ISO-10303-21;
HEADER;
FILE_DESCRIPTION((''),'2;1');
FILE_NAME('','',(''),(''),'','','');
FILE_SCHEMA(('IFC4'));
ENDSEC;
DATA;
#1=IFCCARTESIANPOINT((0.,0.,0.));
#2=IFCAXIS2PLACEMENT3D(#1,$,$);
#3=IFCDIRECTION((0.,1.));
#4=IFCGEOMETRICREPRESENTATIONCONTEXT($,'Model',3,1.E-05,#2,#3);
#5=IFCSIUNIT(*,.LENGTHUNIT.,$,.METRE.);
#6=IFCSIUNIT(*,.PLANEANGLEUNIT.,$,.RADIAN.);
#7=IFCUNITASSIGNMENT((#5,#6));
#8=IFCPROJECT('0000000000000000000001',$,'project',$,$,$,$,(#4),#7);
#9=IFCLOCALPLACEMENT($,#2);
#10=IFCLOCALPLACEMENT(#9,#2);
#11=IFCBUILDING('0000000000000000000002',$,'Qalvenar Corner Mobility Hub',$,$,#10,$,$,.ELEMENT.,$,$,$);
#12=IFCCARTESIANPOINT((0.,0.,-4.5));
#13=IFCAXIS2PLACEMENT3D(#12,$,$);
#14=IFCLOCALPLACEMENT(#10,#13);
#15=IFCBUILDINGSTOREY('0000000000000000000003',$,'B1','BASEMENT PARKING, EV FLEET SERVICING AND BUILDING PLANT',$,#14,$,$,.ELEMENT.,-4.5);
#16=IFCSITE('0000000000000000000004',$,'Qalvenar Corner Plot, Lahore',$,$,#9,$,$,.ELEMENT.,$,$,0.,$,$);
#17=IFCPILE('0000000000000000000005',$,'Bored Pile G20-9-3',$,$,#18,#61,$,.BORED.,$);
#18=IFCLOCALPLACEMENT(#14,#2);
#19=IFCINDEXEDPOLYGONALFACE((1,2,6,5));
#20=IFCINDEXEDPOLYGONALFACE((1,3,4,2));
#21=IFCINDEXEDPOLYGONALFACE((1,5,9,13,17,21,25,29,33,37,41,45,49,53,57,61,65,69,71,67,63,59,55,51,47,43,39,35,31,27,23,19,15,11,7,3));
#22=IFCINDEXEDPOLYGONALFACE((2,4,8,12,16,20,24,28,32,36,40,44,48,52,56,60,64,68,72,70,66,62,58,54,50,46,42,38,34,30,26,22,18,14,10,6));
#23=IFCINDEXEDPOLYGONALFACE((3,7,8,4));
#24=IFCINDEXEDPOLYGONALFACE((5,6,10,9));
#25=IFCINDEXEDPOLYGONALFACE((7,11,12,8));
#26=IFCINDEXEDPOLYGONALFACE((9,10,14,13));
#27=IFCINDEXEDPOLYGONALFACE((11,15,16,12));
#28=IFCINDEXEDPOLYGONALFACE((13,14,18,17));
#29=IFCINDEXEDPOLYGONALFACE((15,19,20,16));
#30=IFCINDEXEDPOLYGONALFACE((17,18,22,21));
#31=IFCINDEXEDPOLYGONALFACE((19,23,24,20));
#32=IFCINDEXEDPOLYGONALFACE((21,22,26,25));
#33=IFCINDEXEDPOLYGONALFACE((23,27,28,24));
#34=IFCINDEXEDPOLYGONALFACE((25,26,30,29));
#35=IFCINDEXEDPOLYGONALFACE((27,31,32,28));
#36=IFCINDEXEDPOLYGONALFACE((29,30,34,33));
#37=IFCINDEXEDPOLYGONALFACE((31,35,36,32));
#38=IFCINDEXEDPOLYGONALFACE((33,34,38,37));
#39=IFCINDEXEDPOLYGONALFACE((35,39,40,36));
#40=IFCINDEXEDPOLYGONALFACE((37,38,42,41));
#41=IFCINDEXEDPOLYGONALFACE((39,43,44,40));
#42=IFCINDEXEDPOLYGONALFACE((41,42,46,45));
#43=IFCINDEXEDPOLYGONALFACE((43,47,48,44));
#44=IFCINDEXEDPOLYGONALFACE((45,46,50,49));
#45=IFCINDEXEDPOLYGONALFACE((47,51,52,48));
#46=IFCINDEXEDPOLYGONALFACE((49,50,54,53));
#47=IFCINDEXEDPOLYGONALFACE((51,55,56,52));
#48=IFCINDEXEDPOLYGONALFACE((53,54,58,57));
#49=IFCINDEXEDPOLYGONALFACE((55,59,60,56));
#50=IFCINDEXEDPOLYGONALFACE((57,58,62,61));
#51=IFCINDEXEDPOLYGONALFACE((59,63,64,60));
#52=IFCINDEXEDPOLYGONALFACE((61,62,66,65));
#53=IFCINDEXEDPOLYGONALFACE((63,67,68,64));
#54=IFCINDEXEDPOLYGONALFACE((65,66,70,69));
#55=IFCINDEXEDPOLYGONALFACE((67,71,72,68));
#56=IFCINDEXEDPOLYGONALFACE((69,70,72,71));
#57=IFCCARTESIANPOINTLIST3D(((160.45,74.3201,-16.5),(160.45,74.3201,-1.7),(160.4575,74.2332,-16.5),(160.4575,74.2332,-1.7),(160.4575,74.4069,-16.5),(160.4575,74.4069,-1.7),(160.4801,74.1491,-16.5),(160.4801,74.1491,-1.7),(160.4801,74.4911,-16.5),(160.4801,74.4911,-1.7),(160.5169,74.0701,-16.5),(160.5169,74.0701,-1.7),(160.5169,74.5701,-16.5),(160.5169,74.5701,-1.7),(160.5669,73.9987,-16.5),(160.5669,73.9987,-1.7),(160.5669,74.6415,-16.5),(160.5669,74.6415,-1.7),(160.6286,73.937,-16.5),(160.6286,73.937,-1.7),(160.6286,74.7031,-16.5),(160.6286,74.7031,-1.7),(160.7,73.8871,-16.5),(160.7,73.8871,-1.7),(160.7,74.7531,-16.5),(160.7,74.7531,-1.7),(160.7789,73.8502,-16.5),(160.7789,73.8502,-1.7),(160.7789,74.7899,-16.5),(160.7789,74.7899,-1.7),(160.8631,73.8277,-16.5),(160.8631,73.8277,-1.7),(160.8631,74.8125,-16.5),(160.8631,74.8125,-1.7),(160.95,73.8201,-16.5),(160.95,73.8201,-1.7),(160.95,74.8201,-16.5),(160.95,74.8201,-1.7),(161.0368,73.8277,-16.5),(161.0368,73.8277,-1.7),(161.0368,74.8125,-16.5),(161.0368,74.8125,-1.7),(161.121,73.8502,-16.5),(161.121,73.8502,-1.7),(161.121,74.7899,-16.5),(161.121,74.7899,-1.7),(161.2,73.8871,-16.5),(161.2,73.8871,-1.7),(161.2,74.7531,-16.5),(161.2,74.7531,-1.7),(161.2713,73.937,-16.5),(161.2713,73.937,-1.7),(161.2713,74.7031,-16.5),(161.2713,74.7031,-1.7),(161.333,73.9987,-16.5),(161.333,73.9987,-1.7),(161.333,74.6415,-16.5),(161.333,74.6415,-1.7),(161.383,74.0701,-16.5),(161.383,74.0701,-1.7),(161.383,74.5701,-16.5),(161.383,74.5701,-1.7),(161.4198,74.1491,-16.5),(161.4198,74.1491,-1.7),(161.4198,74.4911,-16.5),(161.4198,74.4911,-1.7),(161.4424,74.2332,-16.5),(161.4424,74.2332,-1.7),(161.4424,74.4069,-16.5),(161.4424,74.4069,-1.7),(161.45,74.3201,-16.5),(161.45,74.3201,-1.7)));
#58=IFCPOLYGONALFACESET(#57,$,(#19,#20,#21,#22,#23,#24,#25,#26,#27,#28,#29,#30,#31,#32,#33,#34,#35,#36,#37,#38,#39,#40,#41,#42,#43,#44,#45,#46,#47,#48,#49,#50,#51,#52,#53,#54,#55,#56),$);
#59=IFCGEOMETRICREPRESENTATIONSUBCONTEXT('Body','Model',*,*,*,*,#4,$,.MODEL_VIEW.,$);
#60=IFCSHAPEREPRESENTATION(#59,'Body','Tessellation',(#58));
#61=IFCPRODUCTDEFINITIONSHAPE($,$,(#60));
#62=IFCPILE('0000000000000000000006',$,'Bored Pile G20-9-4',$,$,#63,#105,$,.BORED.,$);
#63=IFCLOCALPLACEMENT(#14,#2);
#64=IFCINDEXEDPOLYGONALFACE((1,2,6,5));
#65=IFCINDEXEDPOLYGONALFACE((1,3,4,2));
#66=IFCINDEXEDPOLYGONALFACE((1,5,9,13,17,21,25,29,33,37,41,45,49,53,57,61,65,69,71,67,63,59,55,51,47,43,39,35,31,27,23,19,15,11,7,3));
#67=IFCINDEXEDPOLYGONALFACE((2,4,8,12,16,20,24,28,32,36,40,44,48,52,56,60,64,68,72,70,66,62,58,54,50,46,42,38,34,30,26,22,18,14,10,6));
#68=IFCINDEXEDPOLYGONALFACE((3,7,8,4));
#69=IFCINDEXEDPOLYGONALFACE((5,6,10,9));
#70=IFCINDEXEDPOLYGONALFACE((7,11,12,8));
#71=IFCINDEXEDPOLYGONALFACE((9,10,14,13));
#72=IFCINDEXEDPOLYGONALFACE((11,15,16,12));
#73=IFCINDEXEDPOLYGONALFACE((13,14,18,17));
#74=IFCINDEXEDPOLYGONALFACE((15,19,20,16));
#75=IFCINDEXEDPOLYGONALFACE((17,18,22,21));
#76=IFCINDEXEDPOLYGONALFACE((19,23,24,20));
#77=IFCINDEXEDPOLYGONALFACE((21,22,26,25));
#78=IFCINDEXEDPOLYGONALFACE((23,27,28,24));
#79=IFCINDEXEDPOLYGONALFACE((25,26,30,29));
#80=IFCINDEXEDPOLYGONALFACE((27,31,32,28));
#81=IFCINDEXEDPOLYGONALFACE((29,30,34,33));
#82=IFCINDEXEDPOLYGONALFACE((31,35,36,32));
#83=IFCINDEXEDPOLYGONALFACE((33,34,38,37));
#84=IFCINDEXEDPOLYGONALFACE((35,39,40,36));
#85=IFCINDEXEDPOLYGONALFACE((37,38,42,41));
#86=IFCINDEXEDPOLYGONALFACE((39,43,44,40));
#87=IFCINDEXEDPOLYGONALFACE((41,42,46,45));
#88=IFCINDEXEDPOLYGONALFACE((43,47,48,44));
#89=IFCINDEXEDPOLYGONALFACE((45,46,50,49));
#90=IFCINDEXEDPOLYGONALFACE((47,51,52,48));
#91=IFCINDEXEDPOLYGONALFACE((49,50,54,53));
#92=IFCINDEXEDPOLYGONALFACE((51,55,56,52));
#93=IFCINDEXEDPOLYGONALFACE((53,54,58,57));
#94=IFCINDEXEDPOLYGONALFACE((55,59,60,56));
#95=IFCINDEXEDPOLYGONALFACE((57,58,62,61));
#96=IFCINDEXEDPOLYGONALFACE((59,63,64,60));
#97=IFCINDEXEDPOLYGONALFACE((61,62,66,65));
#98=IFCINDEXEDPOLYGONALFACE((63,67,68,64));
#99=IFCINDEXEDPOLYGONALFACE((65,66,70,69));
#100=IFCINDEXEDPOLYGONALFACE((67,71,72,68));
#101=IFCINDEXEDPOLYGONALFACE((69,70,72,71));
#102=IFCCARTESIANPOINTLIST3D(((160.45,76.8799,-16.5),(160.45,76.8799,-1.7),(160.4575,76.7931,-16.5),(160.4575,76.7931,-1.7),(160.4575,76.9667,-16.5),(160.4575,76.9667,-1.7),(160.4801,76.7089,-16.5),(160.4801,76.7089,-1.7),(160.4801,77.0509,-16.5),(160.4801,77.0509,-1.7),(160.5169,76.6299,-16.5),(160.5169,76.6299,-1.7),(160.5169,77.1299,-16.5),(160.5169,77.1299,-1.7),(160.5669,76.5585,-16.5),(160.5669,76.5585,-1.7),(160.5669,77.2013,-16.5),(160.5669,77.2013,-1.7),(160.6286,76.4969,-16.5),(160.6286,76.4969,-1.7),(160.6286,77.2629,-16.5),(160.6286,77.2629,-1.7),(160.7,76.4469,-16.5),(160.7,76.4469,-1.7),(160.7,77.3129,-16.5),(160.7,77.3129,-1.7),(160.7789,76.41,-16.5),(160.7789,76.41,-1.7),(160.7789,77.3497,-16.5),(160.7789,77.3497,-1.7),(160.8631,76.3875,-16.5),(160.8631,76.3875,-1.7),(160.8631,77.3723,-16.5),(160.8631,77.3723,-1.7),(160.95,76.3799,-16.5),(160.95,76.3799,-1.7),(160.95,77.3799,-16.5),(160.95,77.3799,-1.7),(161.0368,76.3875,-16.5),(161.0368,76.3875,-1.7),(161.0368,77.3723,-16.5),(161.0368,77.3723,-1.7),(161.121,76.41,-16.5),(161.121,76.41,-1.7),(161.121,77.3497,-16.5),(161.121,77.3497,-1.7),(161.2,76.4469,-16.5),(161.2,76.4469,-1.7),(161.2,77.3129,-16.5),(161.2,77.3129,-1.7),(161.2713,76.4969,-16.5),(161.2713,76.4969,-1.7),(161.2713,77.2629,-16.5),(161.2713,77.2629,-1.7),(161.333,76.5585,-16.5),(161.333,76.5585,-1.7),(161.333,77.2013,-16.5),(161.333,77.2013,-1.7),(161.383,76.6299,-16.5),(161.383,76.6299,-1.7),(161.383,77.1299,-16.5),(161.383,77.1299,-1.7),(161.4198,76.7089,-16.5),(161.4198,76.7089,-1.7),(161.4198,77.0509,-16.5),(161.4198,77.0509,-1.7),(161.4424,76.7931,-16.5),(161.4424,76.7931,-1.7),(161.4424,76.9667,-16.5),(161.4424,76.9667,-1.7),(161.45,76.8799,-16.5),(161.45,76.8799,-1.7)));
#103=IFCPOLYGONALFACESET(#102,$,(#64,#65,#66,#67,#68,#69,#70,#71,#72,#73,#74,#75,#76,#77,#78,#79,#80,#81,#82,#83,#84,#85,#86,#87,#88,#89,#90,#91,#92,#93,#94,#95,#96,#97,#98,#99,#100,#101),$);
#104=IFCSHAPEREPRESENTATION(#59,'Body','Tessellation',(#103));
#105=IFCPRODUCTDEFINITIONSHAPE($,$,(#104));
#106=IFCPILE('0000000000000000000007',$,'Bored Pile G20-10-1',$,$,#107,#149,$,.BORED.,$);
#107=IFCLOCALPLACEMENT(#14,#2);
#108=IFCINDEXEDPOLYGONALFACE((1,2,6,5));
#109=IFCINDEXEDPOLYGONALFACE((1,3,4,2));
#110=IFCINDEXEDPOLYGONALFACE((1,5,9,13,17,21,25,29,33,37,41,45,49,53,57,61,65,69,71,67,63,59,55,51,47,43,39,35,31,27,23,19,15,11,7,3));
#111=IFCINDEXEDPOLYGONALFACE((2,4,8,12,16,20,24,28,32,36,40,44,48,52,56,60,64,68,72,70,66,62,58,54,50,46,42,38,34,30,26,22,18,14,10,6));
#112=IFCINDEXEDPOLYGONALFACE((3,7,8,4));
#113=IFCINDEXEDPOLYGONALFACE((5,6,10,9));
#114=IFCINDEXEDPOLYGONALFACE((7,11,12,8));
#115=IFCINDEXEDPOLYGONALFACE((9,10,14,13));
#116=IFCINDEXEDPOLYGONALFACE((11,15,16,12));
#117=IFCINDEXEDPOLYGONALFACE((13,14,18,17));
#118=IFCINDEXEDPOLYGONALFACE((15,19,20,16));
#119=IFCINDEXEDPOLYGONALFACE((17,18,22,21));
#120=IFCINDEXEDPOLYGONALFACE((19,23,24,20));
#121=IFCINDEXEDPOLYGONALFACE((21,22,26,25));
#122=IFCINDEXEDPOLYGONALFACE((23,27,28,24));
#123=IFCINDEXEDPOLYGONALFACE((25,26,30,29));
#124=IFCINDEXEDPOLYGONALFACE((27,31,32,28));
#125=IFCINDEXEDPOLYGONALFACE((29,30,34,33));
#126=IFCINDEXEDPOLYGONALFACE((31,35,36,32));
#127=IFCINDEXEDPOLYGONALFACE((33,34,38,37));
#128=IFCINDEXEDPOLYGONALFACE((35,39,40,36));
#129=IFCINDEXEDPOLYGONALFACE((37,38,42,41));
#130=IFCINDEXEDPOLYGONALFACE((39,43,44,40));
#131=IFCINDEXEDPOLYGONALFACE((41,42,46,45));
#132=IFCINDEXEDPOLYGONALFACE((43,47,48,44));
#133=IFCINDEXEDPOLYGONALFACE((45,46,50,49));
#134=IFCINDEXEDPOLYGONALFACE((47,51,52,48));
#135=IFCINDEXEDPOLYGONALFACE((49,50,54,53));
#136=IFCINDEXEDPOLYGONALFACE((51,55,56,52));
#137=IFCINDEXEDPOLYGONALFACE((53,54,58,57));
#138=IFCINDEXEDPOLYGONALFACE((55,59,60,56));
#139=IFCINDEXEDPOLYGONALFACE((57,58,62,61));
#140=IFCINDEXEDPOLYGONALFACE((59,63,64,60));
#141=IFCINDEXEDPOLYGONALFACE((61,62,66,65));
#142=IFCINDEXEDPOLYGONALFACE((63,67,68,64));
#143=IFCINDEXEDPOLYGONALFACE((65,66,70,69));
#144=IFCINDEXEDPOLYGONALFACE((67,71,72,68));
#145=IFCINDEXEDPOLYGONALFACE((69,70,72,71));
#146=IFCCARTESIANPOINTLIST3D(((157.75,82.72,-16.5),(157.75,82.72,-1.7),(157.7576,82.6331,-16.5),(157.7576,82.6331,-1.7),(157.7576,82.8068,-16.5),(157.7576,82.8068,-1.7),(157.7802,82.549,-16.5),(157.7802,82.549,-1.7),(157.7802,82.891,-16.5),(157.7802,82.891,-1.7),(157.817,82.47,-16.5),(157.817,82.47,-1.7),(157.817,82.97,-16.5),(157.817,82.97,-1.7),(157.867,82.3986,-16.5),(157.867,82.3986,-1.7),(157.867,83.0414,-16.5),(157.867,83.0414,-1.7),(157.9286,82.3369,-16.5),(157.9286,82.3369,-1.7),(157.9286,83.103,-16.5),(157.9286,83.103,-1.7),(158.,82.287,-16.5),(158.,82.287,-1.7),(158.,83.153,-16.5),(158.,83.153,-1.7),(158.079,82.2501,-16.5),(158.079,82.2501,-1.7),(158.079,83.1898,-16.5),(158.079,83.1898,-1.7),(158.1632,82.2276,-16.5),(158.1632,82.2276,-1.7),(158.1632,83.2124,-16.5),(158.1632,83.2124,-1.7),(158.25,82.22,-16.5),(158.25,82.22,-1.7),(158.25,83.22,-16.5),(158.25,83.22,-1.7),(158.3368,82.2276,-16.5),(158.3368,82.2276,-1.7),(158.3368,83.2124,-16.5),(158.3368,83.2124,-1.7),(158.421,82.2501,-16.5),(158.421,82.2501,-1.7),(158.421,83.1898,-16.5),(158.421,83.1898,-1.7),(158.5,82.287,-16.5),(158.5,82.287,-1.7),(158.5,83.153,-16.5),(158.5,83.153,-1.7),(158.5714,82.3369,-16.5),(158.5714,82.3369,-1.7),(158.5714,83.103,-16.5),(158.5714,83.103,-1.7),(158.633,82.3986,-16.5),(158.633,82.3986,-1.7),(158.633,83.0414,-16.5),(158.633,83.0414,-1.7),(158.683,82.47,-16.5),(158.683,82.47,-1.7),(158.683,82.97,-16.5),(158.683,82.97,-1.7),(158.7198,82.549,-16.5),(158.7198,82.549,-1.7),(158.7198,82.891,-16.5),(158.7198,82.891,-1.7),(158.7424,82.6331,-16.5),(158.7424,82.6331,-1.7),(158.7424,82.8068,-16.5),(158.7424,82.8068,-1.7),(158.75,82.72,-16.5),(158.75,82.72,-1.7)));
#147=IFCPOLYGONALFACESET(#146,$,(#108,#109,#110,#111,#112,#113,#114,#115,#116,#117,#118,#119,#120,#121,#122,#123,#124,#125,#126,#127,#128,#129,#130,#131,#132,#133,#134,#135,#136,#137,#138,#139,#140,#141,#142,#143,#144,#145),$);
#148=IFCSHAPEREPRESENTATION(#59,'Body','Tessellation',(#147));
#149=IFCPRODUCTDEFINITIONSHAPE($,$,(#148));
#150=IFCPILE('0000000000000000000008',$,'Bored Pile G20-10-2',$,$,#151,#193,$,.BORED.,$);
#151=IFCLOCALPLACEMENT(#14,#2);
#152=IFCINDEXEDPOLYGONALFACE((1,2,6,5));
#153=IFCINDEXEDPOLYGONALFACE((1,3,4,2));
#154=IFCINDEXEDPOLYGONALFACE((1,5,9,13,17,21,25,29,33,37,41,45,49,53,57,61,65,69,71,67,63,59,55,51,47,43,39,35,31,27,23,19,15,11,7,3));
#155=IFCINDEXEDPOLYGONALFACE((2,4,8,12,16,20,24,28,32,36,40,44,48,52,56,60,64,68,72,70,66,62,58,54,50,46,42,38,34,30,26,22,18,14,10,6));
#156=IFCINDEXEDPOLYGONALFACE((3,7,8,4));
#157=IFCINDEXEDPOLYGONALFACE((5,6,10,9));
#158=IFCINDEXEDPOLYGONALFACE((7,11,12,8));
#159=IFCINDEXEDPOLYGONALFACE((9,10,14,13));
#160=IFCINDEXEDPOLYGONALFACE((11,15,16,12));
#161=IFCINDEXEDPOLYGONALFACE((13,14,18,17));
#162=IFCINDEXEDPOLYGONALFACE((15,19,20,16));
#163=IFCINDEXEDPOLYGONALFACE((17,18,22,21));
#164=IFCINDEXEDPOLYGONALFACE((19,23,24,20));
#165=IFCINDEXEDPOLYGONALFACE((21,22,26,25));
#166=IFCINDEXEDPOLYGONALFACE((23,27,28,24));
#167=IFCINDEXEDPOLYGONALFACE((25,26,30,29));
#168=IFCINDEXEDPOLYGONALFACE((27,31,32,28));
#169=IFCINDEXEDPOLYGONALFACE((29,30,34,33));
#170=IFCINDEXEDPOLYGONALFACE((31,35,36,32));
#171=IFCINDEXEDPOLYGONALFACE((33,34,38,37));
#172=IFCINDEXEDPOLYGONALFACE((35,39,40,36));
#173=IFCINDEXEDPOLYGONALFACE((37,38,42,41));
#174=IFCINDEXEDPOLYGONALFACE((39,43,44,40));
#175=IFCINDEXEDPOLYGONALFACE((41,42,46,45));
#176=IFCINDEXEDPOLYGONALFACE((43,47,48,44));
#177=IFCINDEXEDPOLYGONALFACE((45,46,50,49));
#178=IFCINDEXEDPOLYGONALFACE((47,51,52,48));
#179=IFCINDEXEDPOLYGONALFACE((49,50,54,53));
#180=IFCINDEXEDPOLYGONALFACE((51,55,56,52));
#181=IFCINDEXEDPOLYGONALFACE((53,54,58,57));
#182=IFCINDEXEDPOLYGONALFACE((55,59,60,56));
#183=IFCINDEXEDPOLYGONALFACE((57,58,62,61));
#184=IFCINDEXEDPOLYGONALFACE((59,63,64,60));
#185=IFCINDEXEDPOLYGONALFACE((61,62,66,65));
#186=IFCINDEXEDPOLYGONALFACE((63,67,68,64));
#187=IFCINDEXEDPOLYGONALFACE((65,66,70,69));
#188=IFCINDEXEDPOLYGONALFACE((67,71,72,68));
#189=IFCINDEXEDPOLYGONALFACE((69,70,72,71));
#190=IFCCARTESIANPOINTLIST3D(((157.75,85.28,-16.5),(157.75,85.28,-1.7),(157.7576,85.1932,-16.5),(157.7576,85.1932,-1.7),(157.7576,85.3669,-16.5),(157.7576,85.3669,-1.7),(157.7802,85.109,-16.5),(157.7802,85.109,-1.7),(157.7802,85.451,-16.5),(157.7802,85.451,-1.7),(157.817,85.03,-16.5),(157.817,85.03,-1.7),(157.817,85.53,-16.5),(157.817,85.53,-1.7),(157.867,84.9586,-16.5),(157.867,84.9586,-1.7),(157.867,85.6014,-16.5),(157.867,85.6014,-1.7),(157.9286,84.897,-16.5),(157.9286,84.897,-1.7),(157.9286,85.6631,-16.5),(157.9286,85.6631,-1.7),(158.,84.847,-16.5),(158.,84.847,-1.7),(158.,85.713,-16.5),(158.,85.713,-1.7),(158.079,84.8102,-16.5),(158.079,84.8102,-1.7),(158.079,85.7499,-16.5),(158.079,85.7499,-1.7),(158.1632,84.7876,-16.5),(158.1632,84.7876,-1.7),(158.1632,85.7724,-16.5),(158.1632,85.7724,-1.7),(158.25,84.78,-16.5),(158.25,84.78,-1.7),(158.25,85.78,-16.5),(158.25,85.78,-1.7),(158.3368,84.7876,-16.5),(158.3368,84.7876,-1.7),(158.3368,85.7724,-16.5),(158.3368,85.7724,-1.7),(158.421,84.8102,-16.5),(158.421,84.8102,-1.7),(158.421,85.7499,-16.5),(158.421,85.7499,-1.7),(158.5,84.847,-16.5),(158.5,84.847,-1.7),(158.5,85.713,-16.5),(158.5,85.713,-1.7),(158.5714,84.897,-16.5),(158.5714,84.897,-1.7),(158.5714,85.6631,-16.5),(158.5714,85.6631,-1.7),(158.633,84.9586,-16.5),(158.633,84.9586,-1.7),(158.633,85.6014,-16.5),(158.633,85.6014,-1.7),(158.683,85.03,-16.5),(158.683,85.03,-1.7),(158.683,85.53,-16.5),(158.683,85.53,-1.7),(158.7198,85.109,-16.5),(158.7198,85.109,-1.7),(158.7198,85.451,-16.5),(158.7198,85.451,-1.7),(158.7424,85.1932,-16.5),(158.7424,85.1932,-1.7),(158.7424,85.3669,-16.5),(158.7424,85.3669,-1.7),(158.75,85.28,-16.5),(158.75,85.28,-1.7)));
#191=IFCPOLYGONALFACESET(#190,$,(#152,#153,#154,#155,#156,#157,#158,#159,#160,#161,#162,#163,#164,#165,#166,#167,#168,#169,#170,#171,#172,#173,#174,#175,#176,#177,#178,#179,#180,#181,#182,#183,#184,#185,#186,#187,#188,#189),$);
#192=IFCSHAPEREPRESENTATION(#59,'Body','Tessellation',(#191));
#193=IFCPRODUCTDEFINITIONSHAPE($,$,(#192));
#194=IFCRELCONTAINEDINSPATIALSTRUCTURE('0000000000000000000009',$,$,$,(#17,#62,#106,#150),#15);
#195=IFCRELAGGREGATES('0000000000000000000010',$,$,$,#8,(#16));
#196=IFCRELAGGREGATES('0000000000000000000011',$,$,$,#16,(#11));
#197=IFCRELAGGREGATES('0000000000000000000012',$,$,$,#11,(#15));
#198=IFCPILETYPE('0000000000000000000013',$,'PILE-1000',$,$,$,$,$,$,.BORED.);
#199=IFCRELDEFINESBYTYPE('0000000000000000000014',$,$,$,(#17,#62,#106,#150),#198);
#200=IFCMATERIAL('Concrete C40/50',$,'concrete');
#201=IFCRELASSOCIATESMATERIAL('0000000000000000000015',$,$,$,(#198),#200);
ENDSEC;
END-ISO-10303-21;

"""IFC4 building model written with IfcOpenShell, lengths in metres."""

from ifc_helpers import new_model, si_unit, direction, frame, origin, origin_2d, place, context, subcontext, project, spatial, circle, extrude, material, material_profile, profile_set, type_object, element, save


model = new_model("IFC4")

# Units and contexts
model_context = context("Model", 3, precision=1e-05, world=origin(), true_north=direction((0.0, 1.0)))
body_context = subcontext(model_context, "Body", "Model", "MODEL_VIEW")
ifc_project = project(units=[si_unit("LENGTHUNIT", "METRE"), si_unit("PLANEANGLEUNIT", "RADIAN")], contexts=[model_context])

# Site, building, storey
site_placement = place(None, origin())
site = spatial("IfcSite", under=ifc_project, at=site_placement, Name="Qalvenar Corner Plot, Lahore", CompositionType="ELEMENT", RefElevation=0.0)
building_placement = place(site_placement, origin())
building = spatial("IfcBuilding", under=site, at=building_placement, Name="Qalvenar Corner Mobility Hub", CompositionType="ELEMENT")
storey_placement = place(building_placement, frame((0.0, 0.0, -4.5)))
storey = spatial("IfcBuildingStorey", under=building, at=storey_placement, Name="B1", Description="BASEMENT PARKING, EV FLEET SERVICING AND BUILDING PLANT", CompositionType="ELEMENT", Elevation=-4.5)

# Shared definitions
ifc_material_1 = material(Name="Concrete C40/50", Category="concrete")

# Piles
ifc_material_profile_1 = material_profile(ifc_material_1, circle(Radius=0.5, at=origin_2d()), Name="DIA1000")
ifc_profile_set_1 = profile_set([ifc_material_profile_1], Name="Concrete C40/50")
pile_type = type_object("IfcPileType", Name="PILE-1000", PredefinedType="BORED", material=ifc_profile_set_1)
for number, where, z_axis, x_axis, name in (
    (1, (160.95, 74.3201, -1.7), (0.0, 0.0, -1.0), (1.0, 0.0, 0.0), "Bored Pile G20-9-3"),
    (2, (160.95, 76.8799, -1.7), (0.0, 0.0, -1.0), (1.0, 0.0, 0.0), "Bored Pile G20-9-4"),
    (3, (158.25, 82.72, -1.7), (0.0, 0.0, -1.0), (1.0, 0.0, 0.0), "Bored Pile G20-10-1"),
    (4, (158.25, 85.28, -1.7), (0.0, 0.0, -1.0), (1.0, 0.0, 0.0), "Bored Pile G20-10-2"),
):
    element("IfcPile", number, at=place(storey_placement, frame(where, z_axis=z_axis, x_axis=x_axis)), inside=storey, type_object=pile_type, Name=name, PredefinedType="BORED", context=body_context, shape_type="SweptSolid", body=[
        extrude(circle(Radius=0.5, at=origin_2d()), origin(), (0.0, 0.0, 1.0), 14.8),
    ])

save(model, "model.ifc")
